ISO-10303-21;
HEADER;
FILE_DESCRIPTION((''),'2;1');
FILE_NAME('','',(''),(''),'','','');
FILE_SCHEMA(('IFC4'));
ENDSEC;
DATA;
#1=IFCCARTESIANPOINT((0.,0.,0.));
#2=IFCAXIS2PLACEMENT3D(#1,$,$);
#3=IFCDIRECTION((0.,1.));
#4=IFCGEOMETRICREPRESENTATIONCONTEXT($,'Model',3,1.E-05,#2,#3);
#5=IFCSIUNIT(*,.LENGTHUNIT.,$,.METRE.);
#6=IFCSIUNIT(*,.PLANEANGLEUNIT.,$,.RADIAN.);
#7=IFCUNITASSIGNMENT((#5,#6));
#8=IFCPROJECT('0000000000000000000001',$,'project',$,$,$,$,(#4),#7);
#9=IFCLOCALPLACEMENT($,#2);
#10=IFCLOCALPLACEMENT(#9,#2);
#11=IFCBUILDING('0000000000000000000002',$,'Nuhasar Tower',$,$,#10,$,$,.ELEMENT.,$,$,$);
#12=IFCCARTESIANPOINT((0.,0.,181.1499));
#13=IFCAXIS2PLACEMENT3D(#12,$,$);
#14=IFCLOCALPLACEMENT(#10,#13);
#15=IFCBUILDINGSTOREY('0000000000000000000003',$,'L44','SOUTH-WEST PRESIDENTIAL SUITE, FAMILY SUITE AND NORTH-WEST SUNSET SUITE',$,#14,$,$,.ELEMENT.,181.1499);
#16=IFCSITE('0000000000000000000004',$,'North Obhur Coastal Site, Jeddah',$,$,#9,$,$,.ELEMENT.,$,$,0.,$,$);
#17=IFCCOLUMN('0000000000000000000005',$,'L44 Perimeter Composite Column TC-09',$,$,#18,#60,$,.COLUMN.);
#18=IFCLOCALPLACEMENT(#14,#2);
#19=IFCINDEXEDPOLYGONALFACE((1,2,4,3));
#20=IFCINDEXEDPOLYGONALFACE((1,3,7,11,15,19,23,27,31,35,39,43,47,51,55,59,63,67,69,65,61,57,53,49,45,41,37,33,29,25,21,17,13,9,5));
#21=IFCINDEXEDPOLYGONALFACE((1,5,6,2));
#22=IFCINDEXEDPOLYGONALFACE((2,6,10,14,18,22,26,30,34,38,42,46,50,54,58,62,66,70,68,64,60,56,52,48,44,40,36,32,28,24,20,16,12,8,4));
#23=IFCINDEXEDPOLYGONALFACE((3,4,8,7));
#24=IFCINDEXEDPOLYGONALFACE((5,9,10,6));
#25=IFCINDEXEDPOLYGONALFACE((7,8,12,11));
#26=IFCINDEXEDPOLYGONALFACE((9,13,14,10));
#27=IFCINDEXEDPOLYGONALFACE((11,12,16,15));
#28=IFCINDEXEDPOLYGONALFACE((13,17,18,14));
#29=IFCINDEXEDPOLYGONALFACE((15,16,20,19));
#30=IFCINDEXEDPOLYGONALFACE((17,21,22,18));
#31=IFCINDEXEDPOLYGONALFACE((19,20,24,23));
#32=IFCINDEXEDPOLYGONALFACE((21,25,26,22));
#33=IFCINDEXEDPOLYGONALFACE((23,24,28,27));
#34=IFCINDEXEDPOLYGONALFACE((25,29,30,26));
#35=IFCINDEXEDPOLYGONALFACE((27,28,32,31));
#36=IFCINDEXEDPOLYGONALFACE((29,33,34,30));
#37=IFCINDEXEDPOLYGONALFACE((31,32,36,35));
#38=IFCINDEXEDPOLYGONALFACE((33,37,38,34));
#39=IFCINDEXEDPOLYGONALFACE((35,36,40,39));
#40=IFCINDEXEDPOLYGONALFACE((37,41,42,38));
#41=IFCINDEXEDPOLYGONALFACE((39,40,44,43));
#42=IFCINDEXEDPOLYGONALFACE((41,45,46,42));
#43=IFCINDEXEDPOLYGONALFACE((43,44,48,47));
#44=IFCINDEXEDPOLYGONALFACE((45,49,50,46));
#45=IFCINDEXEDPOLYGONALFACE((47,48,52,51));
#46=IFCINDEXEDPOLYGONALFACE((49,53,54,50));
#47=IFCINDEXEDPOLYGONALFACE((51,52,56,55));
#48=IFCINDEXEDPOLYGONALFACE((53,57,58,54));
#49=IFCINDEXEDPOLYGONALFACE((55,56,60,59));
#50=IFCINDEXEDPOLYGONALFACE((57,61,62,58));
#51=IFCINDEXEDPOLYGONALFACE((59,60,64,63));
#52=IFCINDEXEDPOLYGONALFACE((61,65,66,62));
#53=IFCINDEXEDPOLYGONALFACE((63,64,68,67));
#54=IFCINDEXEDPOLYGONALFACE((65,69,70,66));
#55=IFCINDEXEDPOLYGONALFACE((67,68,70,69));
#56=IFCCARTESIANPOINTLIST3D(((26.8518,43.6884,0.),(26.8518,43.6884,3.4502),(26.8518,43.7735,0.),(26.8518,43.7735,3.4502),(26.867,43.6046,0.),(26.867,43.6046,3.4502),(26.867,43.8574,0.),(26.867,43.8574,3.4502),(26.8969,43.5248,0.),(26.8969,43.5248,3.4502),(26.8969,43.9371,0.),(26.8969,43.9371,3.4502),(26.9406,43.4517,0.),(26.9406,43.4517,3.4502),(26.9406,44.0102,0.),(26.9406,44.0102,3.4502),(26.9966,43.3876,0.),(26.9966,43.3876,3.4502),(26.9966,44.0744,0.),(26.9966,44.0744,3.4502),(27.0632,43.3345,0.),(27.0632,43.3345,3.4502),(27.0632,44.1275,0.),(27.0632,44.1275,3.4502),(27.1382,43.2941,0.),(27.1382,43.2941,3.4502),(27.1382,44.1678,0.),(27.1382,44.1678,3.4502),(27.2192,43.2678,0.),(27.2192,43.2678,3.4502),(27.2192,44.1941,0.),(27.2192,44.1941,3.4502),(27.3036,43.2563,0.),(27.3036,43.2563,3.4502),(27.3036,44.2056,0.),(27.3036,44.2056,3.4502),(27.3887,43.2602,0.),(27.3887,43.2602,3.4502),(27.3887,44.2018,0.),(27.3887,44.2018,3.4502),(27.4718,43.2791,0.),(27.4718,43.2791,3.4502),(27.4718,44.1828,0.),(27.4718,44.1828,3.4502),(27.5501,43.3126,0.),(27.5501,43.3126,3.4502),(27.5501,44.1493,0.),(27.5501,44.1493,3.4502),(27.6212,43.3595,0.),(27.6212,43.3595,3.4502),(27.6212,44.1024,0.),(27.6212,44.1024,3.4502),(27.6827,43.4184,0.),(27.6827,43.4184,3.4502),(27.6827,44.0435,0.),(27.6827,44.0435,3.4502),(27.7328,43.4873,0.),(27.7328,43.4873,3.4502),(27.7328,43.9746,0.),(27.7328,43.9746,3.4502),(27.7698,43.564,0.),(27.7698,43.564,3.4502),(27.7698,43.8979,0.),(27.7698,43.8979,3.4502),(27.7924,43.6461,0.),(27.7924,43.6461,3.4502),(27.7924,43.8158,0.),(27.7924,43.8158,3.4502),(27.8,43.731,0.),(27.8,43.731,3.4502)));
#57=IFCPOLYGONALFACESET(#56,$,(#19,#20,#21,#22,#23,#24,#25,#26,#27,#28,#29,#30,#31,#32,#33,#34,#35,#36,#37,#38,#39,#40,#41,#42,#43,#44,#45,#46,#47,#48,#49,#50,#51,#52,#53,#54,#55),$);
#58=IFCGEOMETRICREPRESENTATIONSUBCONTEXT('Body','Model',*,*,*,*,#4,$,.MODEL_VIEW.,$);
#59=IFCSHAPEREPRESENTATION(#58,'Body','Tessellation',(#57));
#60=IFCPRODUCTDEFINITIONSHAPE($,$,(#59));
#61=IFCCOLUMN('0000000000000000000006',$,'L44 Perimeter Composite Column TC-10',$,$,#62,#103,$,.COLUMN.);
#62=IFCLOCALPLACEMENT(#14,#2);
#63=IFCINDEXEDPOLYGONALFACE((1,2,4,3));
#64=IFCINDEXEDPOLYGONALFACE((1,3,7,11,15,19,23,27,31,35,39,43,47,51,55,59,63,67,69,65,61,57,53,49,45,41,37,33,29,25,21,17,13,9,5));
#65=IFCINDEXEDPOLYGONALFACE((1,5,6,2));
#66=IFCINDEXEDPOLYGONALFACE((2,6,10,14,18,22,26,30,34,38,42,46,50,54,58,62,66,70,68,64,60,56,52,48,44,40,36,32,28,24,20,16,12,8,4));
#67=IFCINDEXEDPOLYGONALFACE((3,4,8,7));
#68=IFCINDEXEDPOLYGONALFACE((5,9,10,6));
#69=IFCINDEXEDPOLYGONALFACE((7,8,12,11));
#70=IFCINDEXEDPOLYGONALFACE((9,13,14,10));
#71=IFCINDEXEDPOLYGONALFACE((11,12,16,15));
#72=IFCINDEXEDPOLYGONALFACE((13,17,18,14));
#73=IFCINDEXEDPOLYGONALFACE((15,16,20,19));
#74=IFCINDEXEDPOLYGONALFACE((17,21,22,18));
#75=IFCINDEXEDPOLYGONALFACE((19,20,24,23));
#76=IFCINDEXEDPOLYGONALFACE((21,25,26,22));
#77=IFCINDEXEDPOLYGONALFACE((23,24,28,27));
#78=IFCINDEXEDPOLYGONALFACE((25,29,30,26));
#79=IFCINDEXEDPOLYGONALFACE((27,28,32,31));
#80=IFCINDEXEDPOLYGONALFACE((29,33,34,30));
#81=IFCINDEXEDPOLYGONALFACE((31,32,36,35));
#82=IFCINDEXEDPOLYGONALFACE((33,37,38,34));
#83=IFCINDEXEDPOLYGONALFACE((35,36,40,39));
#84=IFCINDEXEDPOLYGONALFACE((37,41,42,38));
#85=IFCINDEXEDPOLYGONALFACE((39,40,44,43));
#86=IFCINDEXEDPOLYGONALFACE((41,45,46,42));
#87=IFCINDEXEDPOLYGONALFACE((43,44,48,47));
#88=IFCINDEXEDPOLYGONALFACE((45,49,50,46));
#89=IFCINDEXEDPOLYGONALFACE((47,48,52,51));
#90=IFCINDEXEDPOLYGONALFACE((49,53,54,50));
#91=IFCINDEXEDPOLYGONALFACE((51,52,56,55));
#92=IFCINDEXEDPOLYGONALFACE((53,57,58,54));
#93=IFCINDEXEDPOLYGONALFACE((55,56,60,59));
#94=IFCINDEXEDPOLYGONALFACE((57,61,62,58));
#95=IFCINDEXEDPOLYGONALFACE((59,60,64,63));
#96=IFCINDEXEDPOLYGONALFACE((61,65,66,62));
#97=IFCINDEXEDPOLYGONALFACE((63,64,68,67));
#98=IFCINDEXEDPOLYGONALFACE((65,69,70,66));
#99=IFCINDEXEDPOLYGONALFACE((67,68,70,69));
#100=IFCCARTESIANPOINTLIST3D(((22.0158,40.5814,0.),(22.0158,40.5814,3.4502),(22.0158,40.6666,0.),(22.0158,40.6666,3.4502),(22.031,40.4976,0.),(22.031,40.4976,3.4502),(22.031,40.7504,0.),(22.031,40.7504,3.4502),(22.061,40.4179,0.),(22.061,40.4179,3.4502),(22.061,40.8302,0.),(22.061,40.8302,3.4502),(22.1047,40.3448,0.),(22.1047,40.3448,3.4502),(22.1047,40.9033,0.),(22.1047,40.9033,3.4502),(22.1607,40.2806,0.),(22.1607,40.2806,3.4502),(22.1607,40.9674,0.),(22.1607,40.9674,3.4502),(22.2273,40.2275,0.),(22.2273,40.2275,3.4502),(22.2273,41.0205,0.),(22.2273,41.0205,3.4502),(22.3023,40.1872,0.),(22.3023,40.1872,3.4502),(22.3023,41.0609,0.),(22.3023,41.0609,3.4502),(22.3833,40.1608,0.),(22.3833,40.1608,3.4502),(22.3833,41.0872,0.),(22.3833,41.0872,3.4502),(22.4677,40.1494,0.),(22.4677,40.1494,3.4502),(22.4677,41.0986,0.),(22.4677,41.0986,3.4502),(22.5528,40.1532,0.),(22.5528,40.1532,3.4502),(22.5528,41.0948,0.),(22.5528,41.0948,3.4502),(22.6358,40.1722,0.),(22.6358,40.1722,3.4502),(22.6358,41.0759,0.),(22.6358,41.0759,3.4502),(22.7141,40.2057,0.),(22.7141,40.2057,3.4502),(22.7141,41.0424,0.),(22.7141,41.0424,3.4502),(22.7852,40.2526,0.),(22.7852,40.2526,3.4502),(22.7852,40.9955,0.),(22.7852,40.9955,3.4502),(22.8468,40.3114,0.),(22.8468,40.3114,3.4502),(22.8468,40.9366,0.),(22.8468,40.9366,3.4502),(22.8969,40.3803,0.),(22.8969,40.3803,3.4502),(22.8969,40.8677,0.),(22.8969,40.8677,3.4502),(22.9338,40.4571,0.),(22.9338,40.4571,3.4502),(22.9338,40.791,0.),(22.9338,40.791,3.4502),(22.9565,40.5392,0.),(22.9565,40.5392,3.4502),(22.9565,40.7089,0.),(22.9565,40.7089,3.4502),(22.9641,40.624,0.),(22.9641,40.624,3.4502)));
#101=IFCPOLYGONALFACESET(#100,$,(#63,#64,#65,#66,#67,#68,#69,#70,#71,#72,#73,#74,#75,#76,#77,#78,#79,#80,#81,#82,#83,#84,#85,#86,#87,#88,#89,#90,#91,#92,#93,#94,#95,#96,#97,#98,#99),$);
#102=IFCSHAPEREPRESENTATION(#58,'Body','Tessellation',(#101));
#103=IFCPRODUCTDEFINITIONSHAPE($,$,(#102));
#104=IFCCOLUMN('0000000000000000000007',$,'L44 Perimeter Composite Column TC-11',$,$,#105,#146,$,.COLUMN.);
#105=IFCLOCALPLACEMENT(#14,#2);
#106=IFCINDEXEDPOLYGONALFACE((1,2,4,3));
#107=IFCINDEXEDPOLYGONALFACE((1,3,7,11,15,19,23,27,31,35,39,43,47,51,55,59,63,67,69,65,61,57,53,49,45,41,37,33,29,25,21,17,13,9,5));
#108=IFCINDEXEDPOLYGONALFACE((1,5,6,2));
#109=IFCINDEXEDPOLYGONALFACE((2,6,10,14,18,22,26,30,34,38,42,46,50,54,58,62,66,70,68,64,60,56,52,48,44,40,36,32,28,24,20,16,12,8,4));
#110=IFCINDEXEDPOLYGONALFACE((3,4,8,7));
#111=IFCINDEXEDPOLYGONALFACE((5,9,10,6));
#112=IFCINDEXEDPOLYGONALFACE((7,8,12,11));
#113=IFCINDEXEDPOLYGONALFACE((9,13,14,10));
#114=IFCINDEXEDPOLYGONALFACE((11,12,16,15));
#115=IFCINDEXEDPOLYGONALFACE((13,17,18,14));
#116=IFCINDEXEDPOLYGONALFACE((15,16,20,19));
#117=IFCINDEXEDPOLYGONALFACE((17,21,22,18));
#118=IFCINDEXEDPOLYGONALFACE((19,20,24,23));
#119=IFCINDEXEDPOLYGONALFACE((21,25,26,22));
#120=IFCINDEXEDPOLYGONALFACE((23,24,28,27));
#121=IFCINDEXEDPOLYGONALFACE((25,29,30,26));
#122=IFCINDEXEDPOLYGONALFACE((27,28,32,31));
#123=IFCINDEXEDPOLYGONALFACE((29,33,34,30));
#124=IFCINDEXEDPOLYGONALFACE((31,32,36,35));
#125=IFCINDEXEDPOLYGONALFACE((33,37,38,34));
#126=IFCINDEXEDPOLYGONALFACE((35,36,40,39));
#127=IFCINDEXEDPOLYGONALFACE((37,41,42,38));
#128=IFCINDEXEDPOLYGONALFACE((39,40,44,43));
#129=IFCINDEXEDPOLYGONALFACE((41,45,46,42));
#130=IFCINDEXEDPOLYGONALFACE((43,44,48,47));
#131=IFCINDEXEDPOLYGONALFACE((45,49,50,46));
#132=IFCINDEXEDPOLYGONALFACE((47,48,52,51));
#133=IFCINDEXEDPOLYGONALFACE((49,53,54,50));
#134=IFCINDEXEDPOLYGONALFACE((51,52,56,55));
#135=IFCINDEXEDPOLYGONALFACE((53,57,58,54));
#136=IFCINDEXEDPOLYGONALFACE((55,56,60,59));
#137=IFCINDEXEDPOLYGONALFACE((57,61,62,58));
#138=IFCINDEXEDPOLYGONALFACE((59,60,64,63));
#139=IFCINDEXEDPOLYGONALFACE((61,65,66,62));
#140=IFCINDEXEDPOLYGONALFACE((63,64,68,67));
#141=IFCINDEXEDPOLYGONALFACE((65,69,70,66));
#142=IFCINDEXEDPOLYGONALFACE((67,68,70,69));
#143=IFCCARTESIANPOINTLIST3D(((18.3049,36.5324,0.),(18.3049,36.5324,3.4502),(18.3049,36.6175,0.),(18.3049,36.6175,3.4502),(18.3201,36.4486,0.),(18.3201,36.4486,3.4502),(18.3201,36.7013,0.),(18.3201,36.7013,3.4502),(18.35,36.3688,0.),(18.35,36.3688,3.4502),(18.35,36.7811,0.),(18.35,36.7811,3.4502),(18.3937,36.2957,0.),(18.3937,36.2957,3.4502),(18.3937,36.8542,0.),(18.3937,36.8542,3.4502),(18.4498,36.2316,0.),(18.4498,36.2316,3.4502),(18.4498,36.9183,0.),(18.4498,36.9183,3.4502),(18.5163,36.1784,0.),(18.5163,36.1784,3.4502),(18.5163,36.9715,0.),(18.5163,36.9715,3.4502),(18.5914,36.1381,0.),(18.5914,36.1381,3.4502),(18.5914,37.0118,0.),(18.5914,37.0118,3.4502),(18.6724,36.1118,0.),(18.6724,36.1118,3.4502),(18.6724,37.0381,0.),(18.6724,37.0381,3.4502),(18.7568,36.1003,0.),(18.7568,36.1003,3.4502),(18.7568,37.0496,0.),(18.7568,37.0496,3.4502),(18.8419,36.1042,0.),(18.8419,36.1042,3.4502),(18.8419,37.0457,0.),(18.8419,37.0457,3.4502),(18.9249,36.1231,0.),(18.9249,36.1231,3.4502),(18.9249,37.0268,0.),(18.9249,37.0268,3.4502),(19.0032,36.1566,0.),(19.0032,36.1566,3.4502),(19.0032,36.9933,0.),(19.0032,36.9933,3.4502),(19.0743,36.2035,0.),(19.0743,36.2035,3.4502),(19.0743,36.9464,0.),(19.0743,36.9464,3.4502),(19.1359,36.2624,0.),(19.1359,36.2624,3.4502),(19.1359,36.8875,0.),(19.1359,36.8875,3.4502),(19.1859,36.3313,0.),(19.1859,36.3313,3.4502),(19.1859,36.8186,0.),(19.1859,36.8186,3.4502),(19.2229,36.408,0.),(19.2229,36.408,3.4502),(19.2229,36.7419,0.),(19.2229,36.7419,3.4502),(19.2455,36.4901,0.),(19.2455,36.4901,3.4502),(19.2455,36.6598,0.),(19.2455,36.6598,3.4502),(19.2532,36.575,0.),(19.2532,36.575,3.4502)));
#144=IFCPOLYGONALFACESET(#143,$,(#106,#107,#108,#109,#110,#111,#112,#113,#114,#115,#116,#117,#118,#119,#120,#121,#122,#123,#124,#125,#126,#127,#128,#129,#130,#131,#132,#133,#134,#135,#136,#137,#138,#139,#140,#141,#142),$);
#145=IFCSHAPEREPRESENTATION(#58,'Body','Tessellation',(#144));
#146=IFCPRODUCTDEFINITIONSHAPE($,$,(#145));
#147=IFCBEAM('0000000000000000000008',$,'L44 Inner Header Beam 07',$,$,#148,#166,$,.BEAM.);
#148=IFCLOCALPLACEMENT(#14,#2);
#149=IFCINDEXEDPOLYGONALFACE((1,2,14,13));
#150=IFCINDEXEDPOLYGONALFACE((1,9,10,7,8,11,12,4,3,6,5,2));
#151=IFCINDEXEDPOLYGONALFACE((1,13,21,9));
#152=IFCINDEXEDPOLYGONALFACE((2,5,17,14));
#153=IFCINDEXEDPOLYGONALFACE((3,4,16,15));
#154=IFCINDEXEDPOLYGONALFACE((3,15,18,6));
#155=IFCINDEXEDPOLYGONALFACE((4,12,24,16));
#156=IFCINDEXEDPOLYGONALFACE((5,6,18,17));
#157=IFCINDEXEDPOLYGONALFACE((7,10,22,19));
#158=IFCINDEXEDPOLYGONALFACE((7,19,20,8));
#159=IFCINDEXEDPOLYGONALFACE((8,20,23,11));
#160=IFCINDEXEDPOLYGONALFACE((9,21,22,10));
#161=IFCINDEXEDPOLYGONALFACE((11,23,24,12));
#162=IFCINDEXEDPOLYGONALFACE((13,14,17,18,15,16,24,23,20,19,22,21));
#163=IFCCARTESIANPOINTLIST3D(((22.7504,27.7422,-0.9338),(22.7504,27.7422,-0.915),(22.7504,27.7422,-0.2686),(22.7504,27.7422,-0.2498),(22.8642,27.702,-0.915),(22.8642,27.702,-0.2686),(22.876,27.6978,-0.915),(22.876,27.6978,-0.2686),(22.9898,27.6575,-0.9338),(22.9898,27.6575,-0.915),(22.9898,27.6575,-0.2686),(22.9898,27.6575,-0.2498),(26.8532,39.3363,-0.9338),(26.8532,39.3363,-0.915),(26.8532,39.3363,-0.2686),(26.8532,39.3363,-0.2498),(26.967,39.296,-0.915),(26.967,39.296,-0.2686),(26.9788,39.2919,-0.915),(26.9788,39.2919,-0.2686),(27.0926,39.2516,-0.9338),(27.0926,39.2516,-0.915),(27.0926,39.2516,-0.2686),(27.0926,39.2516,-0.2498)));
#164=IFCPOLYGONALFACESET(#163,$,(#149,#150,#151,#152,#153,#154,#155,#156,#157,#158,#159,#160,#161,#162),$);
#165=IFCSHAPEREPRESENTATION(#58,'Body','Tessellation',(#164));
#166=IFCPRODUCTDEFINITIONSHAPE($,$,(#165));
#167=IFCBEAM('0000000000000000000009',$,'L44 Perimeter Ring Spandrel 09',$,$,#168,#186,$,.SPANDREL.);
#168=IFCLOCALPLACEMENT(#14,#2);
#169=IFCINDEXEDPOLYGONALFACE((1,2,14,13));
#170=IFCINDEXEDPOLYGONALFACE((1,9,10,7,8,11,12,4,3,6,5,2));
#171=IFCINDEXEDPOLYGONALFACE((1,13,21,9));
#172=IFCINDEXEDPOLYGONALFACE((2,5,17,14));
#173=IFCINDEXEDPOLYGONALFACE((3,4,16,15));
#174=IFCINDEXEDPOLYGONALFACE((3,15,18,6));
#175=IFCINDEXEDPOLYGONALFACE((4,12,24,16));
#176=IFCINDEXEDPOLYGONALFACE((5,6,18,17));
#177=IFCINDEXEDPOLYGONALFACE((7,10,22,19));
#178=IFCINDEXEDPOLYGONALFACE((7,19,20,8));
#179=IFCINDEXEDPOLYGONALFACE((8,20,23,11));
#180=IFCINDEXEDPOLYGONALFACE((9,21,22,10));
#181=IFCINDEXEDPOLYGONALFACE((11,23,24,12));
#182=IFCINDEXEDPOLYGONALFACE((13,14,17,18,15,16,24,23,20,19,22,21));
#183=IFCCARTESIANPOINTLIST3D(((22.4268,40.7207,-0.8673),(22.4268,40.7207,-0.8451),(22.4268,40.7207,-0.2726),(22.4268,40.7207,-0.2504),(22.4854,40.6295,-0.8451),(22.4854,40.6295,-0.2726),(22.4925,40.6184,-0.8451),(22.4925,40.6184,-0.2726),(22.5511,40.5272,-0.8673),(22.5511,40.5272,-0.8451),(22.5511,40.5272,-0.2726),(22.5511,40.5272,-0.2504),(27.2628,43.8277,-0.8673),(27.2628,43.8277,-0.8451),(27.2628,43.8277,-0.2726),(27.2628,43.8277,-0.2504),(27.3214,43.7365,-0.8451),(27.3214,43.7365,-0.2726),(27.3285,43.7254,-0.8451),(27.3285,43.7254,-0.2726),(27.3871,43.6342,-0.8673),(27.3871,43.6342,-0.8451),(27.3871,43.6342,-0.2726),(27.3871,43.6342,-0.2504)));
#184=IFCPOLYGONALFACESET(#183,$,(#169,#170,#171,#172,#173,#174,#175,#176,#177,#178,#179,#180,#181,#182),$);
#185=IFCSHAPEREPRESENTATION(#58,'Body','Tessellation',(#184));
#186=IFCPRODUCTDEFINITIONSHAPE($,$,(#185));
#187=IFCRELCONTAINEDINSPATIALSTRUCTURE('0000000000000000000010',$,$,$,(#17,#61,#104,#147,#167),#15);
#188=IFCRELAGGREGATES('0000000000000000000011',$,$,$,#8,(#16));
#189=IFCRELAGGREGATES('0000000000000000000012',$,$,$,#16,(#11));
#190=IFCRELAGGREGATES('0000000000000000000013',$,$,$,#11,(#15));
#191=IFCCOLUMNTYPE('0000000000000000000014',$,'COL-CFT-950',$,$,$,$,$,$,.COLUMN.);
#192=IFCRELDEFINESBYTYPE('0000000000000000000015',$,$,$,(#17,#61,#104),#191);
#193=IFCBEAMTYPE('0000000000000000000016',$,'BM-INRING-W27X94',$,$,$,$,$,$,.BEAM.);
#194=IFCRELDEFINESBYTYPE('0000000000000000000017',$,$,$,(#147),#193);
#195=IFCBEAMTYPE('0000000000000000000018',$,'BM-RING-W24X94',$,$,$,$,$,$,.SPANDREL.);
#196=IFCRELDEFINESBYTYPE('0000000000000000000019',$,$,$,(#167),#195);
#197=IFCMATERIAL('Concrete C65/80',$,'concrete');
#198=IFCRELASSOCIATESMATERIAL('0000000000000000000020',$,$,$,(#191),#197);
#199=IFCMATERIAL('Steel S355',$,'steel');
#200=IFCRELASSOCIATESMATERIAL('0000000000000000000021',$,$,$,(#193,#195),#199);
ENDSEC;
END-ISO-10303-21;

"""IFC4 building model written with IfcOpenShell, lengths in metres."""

from ifc_helpers import new_model, si_unit, direction, frame, origin, origin_2d, place, context, subcontext, project, spatial, circle, i_section, extrude, material, material_profile, profile_set, type_object, element, save


model = new_model("IFC4")

# Units and contexts
model_context = context("Model", 3, precision=1e-05, world=origin(), true_north=direction((0.0, 1.0)))
body_context = subcontext(model_context, "Body", "Model", "MODEL_VIEW")
ifc_project = project(units=[si_unit("LENGTHUNIT", "METRE"), si_unit("PLANEANGLEUNIT", "RADIAN")], contexts=[model_context])

# Site, building, storey
site_placement = place(None, origin())
site = spatial("IfcSite", under=ifc_project, at=site_placement, Name="North Obhur Coastal Site, Jeddah", CompositionType="ELEMENT", RefElevation=0.0)
building_placement = place(site_placement, origin())
building = spatial("IfcBuilding", under=site, at=building_placement, Name="Nuhasar Tower", CompositionType="ELEMENT")
storey_placement = place(building_placement, frame((0.0, 0.0, 181.1499)))
storey = spatial("IfcBuildingStorey", under=building, at=storey_placement, Name="L44", Description="SOUTH-WEST PRESIDENTIAL SUITE, FAMILY SUITE AND NORTH-WEST SUNSET SUITE", CompositionType="ELEMENT", Elevation=181.1499)

# Columns
ifc_material_1 = material(Name="Concrete C65/80", Category="concrete")
ifc_material_profile_1 = material_profile(ifc_material_1, circle(Radius=0.4751, at=origin_2d()), Name="CFT950")
ifc_profile_set_1 = profile_set([ifc_material_profile_1], Name="Concrete C65/80")
column_type = type_object("IfcColumnType", Name="COL-CFT-950", PredefinedType="COLUMN", material=ifc_profile_set_1)
for number, where, z_axis, x_axis, name in (
    (1, (27.325, 43.731, 0.0), (0.0, 0.0, 1.0), (1.0, 0.0, 0.0), "L44 Perimeter Composite Column TC-09"),
    (2, (22.489, 40.624, 0.0), (0.0, 0.0, 1.0), (1.0, 0.0, 0.0), "L44 Perimeter Composite Column TC-10"),
    (3, (18.7781, 36.575, 0.0), (0.0, 0.0, 1.0), (1.0, 0.0, 0.0), "L44 Perimeter Composite Column TC-11"),
):
    element("IfcColumn", number, at=place(storey_placement, frame(where, z_axis=z_axis, x_axis=x_axis)), inside=storey, type_object=column_type, Name=name, PredefinedType="COLUMN", context=body_context, shape_type="SweptSolid", body=[
        extrude(circle(Radius=0.4751, at=origin_2d()), origin(), (0.0, 0.0, 1.0), 3.4502),
    ])

# Beams
ifc_material_2 = material(Name="Steel S355", Category="steel")
ifc_material_profile_2 = material_profile(ifc_material_2, i_section(OverallWidth=0.2539, OverallDepth=0.6841, WebThickness=0.0125, FlangeThickness=0.0188, at=origin_2d()), Name="W27X94")
ifc_profile_set_2 = profile_set([ifc_material_profile_2], Name="Steel S355")
beam_type_1 = type_object("IfcBeamType", Name="BM-INRING-W27X94", PredefinedType="BEAM", material=ifc_profile_set_2)
beam_1_placement = place(storey_placement, frame((26.9729, 39.2939, -0.5918), z_axis=(-0.3336, -0.942715, 0.0), x_axis=(0.942715, -0.3336, 0.0)))
element("IfcBeam", 4, at=beam_1_placement, inside=storey, type_object=beam_type_1, Name="L44 Inner Header Beam 07", PredefinedType="BEAM", context=body_context, shape_type="SweptSolid", body=[
    extrude(i_section(OverallWidth=0.2539, OverallDepth=0.6841, WebThickness=0.0125, FlangeThickness=0.0188, at=origin_2d()), origin(), (0.0, 0.0, 1.0), 12.2986),
])
ifc_material_profile_3 = material_profile(ifc_material_2, i_section(OverallWidth=0.23, OverallDepth=0.6169, WebThickness=0.0132, FlangeThickness=0.0222, at=origin_2d()), Name="W24X94")
ifc_profile_set_3 = profile_set([ifc_material_profile_3], Name="Steel S355")
beam_type_2 = type_object("IfcBeamType", Name="BM-RING-W24X94", PredefinedType="SPANDREL", material=ifc_profile_set_3)
beam_2_placement = place(storey_placement, frame((27.325, 43.731, -0.5588), z_axis=(-0.841327, -0.540526, 0.0), x_axis=(0.540526, -0.841327, 0.0)))
element("IfcBeam", 5, at=beam_2_placement, inside=storey, type_object=beam_type_2, Name="L44 Perimeter Ring Spandrel 09", PredefinedType="SPANDREL", context=body_context, shape_type="SweptSolid", body=[
    extrude(i_section(OverallWidth=0.23, OverallDepth=0.6169, WebThickness=0.0132, FlangeThickness=0.0222, at=origin_2d()), origin(), (0.0, 0.0, 1.0), 5.748),
])

save(model, "model.ifc")
